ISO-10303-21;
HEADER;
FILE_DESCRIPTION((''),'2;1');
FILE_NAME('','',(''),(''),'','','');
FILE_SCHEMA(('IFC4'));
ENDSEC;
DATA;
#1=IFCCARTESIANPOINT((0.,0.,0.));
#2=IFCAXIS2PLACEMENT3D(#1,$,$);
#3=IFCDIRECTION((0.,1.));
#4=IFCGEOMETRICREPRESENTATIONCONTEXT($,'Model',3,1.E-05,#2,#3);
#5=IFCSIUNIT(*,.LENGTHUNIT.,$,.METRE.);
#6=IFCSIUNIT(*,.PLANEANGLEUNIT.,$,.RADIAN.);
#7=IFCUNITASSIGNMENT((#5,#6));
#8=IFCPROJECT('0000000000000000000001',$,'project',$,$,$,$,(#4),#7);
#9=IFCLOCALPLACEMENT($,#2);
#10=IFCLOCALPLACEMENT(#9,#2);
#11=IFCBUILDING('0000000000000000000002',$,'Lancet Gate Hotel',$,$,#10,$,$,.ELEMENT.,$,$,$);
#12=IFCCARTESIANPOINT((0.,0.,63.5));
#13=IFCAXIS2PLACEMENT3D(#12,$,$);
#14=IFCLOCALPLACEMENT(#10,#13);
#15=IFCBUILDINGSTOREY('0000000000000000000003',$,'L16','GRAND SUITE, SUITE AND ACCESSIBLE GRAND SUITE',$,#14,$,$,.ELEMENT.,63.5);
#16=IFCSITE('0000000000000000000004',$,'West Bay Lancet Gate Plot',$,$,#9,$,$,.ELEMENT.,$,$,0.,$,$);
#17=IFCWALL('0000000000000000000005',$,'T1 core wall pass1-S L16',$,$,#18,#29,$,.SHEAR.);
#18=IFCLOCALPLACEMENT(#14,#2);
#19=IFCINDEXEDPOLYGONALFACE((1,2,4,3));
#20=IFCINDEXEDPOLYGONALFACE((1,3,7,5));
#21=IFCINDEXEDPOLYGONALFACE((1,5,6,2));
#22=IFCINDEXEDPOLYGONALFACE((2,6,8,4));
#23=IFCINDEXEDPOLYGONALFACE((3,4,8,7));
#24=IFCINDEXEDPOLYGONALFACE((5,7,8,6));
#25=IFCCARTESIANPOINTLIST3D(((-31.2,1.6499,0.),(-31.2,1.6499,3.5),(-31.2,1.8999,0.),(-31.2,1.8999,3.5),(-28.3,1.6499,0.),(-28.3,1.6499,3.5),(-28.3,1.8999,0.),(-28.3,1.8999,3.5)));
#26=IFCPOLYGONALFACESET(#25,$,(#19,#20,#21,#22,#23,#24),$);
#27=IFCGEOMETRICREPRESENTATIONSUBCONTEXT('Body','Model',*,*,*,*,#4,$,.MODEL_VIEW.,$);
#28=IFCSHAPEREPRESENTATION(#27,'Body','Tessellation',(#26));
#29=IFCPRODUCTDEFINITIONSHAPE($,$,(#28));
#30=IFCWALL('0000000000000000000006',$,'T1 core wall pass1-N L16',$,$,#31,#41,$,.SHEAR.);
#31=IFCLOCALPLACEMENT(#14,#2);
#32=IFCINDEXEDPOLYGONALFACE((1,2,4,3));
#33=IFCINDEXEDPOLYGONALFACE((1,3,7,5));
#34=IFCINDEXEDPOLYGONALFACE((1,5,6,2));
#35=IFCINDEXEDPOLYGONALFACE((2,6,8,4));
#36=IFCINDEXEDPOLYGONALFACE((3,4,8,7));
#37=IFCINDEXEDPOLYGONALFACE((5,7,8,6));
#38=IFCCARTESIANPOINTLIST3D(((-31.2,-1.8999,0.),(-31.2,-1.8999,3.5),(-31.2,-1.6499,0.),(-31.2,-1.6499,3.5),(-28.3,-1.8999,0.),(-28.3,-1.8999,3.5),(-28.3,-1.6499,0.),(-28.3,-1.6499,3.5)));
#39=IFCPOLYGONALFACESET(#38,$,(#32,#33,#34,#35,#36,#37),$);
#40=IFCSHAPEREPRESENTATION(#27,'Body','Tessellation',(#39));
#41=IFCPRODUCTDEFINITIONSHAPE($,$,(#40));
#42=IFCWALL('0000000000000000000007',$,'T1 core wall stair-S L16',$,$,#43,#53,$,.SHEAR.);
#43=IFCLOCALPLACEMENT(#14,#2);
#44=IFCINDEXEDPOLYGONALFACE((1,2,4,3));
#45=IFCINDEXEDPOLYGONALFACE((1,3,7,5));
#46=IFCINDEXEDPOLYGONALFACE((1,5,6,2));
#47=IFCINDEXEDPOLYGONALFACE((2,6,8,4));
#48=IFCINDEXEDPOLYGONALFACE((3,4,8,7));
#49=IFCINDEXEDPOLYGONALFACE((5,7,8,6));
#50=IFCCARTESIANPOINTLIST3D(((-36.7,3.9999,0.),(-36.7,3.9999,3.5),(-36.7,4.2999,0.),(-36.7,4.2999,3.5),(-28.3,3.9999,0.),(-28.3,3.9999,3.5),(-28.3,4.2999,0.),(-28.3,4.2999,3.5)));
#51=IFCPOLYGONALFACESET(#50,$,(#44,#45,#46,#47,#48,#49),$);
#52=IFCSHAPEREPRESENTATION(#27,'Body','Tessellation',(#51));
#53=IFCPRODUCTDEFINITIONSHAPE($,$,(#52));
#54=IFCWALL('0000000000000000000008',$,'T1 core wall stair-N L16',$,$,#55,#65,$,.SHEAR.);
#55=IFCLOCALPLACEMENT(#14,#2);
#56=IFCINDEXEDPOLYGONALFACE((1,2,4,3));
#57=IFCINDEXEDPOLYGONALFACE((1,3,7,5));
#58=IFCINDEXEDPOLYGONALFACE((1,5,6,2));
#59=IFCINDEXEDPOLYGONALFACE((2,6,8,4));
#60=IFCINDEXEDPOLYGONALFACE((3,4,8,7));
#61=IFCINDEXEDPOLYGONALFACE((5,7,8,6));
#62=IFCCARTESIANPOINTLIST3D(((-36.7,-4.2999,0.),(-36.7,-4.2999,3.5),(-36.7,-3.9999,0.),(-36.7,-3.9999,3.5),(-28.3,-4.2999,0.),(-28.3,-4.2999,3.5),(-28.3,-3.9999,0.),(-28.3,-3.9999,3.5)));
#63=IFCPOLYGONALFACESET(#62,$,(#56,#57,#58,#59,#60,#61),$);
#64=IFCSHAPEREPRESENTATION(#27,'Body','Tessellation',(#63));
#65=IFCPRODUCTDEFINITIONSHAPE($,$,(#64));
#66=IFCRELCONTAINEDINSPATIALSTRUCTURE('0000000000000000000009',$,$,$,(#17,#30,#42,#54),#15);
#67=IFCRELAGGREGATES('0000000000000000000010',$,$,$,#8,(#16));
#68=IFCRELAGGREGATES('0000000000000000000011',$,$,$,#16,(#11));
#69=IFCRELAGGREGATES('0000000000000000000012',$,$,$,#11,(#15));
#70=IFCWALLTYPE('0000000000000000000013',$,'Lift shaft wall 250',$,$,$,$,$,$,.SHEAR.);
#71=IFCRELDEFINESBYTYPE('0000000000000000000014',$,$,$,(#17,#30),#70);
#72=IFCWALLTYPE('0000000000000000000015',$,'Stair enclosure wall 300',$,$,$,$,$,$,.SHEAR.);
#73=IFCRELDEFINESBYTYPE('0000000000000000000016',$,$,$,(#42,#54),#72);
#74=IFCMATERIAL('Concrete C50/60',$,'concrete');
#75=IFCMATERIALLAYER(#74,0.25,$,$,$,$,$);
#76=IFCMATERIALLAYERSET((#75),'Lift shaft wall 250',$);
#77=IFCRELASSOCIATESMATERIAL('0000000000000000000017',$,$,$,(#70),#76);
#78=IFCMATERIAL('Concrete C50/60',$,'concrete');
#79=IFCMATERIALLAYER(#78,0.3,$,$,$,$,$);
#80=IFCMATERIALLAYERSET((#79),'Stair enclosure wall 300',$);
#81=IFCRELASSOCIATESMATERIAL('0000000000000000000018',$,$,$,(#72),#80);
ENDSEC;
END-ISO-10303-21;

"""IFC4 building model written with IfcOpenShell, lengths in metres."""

from ifc_helpers import new_model, si_unit, direction, frame, frame_2d, origin, place, context, subcontext, project, spatial, rectangle, extrude, material, layer, layer_set, type_object, element, save


model = new_model("IFC4")

# Units and contexts
model_context = context("Model", 3, precision=1e-05, world=origin(), true_north=direction((0.0, 1.0)))
body_context = subcontext(model_context, "Body", "Model", "MODEL_VIEW")
ifc_project = project(units=[si_unit("LENGTHUNIT", "METRE"), si_unit("PLANEANGLEUNIT", "RADIAN")], contexts=[model_context])

# Site, building, storey
site_placement = place(None, origin())
site = spatial("IfcSite", under=ifc_project, at=site_placement, Name="West Bay Lancet Gate Plot", CompositionType="ELEMENT", RefElevation=0.0)
building_placement = place(site_placement, origin())
building = spatial("IfcBuilding", under=site, at=building_placement, Name="Lancet Gate Hotel", CompositionType="ELEMENT")
storey_placement = place(building_placement, frame((0.0, 0.0, 63.5)))
storey = spatial("IfcBuildingStorey", under=building, at=storey_placement, Name="L16", Description="GRAND SUITE, SUITE AND ACCESSIBLE GRAND SUITE", CompositionType="ELEMENT", Elevation=63.5)

# Walls
ifc_material_1 = material(Name="Concrete C50/60", Category="concrete")
ifc_layer_1 = layer(ifc_material_1, 0.25)
ifc_layer_set_1 = layer_set([ifc_layer_1], Name="Lift shaft wall 250")
wall_type_1 = type_object("IfcWallType", Name="Lift shaft wall 250", PredefinedType="SHEAR", material=ifc_layer_set_1)
for number, where, z_axis, x_axis, name in (
    (1, (-28.3, 1.7749, 0.0), (0.0, 0.0, 1.0), (-1.0, 0.0, 0.0), "T1 core wall pass1-S L16"),
    (2, (-28.3, -1.7749, 0.0), (0.0, 0.0, 1.0), (-1.0, 0.0, 0.0), "T1 core wall pass1-N L16"),
):
    element("IfcWall", number, at=place(storey_placement, frame(where, z_axis=z_axis, x_axis=x_axis)), inside=storey, type_object=wall_type_1, Name=name, PredefinedType="SHEAR", context=body_context, shape_type="SweptSolid", body=[
        extrude(rectangle(XDim=2.8999, YDim=0.25, at=frame_2d((1.45, 0.0))), origin(), (0.0, 0.0, 1.0), 3.5),
    ])
ifc_material_2 = material(Name="Concrete C50/60", Category="concrete")
ifc_layer_2 = layer(ifc_material_2, 0.3)
ifc_layer_set_2 = layer_set([ifc_layer_2], Name="Stair enclosure wall 300")
wall_type_2 = type_object("IfcWallType", Name="Stair enclosure wall 300", PredefinedType="SHEAR", material=ifc_layer_set_2)
for number, where, z_axis, x_axis, name in (
    (3, (-28.3, 4.1499, 0.0), (0.0, 0.0, 1.0), (-1.0, 0.0, 0.0), "T1 core wall stair-S L16"),
    (4, (-28.3, -4.1499, 0.0), (0.0, 0.0, 1.0), (-1.0, 0.0, 0.0), "T1 core wall stair-N L16"),
):
    element("IfcWall", number, at=place(storey_placement, frame(where, z_axis=z_axis, x_axis=x_axis)), inside=storey, type_object=wall_type_2, Name=name, PredefinedType="SHEAR", context=body_context, shape_type="SweptSolid", body=[
        extrude(rectangle(XDim=8.3999, YDim=0.3, at=frame_2d((4.2, 0.0))), origin(), (0.0, 0.0, 1.0), 3.5),
    ])

save(model, "model.ifc")
